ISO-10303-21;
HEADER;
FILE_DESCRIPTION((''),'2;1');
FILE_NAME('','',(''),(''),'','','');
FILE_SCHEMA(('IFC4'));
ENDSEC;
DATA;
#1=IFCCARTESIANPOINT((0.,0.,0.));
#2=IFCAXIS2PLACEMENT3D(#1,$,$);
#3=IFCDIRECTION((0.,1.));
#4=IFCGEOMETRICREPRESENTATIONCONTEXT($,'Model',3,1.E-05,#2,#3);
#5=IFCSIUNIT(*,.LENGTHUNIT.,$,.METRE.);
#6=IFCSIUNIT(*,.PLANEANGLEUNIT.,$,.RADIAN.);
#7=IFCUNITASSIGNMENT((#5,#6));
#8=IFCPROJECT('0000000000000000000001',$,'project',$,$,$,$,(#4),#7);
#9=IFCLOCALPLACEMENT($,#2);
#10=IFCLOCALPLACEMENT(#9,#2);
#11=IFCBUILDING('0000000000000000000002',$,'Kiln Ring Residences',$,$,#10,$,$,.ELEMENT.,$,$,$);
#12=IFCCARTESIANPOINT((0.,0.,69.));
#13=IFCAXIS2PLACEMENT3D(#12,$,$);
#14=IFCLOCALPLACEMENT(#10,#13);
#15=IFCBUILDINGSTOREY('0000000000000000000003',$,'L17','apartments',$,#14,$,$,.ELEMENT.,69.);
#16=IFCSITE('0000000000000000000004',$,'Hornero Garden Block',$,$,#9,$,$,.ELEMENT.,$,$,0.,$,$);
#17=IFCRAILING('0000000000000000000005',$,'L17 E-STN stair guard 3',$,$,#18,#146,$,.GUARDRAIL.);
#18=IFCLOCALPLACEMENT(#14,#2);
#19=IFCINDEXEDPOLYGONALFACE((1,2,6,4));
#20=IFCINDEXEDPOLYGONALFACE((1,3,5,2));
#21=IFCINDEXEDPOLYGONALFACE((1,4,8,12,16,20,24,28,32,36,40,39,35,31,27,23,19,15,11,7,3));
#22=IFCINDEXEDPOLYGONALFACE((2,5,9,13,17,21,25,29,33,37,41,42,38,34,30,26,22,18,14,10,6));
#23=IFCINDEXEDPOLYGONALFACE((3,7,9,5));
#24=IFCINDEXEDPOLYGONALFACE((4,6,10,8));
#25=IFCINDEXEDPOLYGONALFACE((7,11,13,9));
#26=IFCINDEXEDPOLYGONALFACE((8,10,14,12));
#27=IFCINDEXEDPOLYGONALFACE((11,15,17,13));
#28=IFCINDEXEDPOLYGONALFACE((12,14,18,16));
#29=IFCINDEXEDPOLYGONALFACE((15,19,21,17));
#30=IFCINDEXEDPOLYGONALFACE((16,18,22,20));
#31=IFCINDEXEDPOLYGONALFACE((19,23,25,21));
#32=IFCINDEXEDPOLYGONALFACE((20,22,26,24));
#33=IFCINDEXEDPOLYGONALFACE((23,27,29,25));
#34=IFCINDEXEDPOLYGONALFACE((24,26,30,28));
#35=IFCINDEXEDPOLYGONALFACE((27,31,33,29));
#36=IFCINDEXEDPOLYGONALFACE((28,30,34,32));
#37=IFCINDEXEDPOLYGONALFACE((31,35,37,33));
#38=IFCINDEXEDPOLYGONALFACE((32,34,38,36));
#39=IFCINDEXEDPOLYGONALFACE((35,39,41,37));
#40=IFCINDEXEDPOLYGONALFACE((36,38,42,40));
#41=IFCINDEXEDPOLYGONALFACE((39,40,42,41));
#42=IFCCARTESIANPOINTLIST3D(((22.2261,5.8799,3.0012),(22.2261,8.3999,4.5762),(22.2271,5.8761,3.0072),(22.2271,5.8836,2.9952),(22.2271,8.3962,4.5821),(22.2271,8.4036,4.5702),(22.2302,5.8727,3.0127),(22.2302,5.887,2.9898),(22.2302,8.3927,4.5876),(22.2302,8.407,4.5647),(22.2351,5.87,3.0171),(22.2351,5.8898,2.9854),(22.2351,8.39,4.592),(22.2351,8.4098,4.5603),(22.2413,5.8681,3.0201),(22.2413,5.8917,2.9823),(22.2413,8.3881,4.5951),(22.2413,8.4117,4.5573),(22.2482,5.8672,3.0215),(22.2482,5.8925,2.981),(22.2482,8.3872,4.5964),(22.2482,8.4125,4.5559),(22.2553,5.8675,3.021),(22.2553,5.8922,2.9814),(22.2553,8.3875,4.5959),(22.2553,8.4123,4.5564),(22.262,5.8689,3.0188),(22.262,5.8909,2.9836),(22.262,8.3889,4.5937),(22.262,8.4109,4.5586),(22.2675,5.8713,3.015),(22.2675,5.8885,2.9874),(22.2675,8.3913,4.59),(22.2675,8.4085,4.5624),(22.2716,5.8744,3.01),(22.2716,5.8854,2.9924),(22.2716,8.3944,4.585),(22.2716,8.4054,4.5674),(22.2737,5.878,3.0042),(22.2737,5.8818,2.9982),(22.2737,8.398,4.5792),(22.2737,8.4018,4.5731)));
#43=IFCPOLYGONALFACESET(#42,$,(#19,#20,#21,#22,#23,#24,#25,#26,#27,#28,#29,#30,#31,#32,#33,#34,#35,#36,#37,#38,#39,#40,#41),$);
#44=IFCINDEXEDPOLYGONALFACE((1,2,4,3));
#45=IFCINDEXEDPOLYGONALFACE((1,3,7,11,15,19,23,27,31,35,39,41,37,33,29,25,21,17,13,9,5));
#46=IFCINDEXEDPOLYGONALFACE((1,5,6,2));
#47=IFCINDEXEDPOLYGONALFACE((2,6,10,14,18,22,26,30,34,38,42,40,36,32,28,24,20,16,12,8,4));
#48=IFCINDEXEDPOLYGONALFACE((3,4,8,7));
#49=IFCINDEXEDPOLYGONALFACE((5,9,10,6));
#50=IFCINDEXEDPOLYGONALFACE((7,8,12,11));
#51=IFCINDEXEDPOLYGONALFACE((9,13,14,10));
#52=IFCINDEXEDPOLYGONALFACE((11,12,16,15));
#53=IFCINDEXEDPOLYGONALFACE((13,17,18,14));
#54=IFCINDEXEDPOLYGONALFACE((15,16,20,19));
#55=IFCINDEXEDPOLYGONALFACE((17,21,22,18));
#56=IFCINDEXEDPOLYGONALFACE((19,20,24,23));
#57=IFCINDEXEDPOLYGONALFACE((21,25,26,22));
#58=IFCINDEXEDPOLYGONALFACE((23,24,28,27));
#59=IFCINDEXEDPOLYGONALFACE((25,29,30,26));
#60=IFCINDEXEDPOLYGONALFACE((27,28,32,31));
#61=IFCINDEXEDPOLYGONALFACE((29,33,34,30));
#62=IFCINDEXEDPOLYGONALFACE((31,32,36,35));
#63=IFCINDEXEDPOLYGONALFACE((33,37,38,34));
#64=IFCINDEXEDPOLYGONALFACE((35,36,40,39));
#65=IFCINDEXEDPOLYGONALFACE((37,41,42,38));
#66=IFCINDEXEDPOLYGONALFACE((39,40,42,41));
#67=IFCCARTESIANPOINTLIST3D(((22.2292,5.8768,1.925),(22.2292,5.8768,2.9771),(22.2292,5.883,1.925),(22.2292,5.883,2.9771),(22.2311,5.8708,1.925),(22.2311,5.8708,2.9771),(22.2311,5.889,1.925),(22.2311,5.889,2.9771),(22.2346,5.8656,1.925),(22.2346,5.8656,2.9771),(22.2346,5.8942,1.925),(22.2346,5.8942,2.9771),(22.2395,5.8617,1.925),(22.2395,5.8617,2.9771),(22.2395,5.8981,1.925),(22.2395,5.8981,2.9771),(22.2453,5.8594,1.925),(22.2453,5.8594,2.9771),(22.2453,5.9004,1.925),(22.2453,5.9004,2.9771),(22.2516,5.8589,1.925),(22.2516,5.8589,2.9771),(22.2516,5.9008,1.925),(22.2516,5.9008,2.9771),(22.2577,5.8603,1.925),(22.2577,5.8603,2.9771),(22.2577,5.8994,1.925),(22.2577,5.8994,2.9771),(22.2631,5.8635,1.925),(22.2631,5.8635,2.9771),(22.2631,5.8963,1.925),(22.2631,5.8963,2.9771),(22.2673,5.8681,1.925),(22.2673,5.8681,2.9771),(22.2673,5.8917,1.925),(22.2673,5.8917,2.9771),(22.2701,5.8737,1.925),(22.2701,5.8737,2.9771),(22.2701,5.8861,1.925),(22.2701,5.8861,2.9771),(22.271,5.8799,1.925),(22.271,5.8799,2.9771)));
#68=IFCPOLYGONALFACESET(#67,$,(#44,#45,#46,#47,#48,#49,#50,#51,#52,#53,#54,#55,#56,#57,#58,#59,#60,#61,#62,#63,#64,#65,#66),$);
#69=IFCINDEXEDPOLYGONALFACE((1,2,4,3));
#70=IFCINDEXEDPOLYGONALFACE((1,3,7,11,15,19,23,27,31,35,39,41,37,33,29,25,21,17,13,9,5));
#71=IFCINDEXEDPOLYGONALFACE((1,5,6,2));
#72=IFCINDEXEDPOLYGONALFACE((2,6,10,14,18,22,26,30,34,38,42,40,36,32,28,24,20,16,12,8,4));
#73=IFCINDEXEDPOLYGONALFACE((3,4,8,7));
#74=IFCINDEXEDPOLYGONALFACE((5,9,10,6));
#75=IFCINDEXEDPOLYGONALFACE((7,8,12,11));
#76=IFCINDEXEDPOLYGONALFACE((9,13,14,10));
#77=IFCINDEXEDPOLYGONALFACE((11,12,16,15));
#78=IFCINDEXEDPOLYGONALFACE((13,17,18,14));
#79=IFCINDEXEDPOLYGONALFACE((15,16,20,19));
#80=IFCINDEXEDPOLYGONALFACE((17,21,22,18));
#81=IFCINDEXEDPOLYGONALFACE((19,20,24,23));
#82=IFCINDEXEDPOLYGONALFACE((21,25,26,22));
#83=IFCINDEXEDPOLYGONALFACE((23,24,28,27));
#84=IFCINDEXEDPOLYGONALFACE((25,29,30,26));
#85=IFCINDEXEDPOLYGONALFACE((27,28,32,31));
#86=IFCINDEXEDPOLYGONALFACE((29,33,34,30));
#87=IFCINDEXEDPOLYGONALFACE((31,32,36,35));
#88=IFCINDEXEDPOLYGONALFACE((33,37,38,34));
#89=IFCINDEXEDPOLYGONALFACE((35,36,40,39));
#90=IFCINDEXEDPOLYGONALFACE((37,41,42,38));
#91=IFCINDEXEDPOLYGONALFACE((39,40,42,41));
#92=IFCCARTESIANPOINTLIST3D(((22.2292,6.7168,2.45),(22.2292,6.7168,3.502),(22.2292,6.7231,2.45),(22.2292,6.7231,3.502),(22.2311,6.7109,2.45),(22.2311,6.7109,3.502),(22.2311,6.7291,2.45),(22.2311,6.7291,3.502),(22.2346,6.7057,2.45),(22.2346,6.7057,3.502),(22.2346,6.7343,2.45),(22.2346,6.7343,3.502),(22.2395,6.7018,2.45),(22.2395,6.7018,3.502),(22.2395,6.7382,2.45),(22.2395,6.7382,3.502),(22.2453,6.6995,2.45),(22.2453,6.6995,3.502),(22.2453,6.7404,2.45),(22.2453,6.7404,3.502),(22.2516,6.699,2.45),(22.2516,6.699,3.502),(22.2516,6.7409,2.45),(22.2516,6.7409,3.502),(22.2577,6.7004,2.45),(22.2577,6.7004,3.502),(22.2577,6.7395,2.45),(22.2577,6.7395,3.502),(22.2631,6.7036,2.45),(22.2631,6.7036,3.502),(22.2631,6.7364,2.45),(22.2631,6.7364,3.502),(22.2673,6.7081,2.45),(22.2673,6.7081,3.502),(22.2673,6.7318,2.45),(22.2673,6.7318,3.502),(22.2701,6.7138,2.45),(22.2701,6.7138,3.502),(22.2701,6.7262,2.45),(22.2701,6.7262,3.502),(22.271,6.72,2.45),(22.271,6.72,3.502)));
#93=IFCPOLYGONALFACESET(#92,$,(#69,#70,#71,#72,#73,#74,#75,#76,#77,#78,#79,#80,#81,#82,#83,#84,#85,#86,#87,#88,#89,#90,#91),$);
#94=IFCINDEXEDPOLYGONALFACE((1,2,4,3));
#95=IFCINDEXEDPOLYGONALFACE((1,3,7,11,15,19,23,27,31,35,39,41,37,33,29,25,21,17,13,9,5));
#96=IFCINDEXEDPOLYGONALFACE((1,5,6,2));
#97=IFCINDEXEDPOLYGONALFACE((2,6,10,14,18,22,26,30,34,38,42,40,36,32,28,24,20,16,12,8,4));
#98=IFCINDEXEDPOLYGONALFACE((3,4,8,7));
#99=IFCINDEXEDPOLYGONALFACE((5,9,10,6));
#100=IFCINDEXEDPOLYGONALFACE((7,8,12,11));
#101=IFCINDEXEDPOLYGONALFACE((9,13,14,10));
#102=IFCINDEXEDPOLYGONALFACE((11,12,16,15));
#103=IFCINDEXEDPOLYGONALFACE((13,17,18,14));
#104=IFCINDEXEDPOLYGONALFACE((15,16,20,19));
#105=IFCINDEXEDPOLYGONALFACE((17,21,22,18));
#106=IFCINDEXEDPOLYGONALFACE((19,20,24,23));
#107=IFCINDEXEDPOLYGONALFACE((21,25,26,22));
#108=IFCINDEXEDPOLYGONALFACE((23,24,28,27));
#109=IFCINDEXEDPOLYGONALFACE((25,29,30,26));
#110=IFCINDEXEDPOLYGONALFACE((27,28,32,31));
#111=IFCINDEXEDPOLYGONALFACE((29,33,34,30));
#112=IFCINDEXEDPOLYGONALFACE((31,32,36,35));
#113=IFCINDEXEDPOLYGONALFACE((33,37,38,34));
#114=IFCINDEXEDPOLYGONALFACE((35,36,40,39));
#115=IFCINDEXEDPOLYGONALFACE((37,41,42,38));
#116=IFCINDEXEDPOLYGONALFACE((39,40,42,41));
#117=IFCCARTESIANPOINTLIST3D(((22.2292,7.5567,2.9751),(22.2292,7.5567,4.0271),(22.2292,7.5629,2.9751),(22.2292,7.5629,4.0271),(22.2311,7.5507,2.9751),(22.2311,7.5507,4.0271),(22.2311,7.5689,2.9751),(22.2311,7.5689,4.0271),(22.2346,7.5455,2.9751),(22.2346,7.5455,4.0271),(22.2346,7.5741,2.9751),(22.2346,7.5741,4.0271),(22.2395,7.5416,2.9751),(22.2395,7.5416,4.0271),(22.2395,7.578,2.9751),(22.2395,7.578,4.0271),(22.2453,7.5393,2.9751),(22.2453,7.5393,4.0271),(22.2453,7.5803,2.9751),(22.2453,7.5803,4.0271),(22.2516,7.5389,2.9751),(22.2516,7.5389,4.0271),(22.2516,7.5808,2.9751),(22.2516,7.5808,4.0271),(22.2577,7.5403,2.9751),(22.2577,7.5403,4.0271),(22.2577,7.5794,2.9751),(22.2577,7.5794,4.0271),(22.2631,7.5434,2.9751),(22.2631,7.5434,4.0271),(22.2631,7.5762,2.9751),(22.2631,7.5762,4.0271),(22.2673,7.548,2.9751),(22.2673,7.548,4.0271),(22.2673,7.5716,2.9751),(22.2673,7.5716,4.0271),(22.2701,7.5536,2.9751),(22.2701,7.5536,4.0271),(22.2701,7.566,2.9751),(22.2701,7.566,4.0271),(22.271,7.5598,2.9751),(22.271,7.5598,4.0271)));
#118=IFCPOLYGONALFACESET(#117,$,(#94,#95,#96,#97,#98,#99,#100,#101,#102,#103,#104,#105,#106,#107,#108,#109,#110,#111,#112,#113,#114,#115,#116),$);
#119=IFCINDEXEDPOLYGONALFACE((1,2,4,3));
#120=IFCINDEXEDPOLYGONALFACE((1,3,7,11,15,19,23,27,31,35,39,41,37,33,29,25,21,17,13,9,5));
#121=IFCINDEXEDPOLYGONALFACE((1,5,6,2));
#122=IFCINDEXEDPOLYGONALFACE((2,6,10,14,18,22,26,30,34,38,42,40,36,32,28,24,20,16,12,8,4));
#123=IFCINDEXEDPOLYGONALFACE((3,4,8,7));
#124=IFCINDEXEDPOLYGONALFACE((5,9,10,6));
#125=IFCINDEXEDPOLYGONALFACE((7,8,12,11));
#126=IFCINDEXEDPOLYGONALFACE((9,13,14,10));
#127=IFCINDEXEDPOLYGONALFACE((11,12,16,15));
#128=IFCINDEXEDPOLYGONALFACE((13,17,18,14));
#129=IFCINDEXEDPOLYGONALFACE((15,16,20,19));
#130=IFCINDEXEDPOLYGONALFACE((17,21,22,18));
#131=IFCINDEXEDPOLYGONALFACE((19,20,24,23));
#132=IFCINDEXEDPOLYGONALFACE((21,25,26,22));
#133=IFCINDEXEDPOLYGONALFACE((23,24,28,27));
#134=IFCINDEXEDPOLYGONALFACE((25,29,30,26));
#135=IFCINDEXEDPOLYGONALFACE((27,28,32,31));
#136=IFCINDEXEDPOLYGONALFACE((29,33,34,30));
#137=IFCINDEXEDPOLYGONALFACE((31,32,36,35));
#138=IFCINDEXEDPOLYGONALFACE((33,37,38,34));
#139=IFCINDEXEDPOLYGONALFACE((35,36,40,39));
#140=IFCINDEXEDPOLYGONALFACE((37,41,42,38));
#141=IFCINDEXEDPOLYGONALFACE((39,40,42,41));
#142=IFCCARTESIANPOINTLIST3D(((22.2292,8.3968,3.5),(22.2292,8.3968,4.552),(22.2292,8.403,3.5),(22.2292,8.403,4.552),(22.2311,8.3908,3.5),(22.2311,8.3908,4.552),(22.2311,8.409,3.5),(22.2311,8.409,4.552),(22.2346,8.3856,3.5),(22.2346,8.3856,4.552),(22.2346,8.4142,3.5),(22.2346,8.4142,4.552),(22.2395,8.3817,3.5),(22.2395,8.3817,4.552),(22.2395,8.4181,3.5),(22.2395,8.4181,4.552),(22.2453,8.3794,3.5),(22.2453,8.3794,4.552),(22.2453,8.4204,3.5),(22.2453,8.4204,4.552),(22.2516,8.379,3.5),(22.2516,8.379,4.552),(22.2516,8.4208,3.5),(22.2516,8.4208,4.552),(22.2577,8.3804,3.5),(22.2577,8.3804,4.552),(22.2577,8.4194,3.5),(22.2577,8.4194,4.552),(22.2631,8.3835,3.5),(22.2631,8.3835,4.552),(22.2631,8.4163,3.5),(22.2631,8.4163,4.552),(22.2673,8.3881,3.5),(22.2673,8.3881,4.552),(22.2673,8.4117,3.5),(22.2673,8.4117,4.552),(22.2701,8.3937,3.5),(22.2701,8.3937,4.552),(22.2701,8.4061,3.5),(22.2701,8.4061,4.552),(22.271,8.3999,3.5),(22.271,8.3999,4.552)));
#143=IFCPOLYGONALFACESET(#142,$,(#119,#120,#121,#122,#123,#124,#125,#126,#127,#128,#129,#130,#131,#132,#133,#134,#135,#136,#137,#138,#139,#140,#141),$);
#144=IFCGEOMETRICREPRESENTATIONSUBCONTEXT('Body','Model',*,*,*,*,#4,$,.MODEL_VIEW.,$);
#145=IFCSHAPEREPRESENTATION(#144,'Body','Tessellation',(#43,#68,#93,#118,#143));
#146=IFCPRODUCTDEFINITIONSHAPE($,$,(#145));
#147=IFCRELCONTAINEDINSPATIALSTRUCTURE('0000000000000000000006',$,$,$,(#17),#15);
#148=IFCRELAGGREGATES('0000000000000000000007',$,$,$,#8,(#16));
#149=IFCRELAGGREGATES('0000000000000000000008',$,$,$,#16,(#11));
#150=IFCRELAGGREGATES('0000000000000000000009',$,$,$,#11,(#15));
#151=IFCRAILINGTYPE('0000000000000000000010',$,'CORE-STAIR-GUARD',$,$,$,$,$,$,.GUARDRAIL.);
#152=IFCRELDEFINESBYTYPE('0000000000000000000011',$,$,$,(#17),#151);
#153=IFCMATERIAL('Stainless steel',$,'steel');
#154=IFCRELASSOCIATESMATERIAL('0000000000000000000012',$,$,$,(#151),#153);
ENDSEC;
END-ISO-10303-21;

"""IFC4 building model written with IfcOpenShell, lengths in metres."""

from ifc_helpers import new_model, si_unit, direction, frame, origin, origin_2d, place, context, subcontext, project, spatial, circle, extrude, material, type_object, element, save


model = new_model("IFC4")

# Units and contexts
model_context = context("Model", 3, precision=1e-05, world=origin(), true_north=direction((0.0, 1.0)))
body_context = subcontext(model_context, "Body", "Model", "MODEL_VIEW")
ifc_project = project(units=[si_unit("LENGTHUNIT", "METRE"), si_unit("PLANEANGLEUNIT", "RADIAN")], contexts=[model_context])

# Site, building, storey
site_placement = place(None, origin())
site = spatial("IfcSite", under=ifc_project, at=site_placement, Name="Hornero Garden Block", CompositionType="ELEMENT", RefElevation=0.0)
building_placement = place(site_placement, origin())
building = spatial("IfcBuilding", under=site, at=building_placement, Name="Kiln Ring Residences", CompositionType="ELEMENT")
storey_placement = place(building_placement, frame((0.0, 0.0, 69.0)))
storey = spatial("IfcBuildingStorey", under=building, at=storey_placement, Name="L17", Description="apartments", CompositionType="ELEMENT", Elevation=69.0)

# Railing
ifc_material_1 = material(Name="Stainless steel", Category="steel")
railing_type_1 = type_object("IfcRailingType", Name="CORE-STAIR-GUARD", PredefinedType="GUARDRAIL", material=ifc_material_1)
railing_1_placement = place(storey_placement, frame((22.25, 5.8799, 1.925)))
element("IfcRailing", 1, at=railing_1_placement, inside=storey, type_object=railing_type_1, Name="L17 E-STN stair guard 3", PredefinedType="GUARDRAIL", context=body_context, shape_type="SweptSolid", body=[
    extrude(circle(Radius=0.0239, at=origin_2d()), frame((0.0, 0.0, 1.0762), z_axis=(0.0, 0.848008, 0.529984), x_axis=(-1.0, 0.0, 0.0)), (0.0, 0.0, 1.0), 2.9717),
    extrude(circle(Radius=0.021, at=origin_2d()), origin(), (0.0, 0.0, 1.0), 1.052),
    extrude(circle(Radius=0.021, at=origin_2d()), frame((0.0, 0.8401, 0.5249)), (0.0, 0.0, 1.0), 1.052),
    extrude(circle(Radius=0.021, at=origin_2d()), frame((0.0, 1.6799, 1.05)), (0.0, 0.0, 1.0), 1.052),
    extrude(circle(Radius=0.021, at=origin_2d()), frame((0.0, 2.52, 1.575)), (0.0, 0.0, 1.0), 1.052),
])

save(model, "model.ifc")
